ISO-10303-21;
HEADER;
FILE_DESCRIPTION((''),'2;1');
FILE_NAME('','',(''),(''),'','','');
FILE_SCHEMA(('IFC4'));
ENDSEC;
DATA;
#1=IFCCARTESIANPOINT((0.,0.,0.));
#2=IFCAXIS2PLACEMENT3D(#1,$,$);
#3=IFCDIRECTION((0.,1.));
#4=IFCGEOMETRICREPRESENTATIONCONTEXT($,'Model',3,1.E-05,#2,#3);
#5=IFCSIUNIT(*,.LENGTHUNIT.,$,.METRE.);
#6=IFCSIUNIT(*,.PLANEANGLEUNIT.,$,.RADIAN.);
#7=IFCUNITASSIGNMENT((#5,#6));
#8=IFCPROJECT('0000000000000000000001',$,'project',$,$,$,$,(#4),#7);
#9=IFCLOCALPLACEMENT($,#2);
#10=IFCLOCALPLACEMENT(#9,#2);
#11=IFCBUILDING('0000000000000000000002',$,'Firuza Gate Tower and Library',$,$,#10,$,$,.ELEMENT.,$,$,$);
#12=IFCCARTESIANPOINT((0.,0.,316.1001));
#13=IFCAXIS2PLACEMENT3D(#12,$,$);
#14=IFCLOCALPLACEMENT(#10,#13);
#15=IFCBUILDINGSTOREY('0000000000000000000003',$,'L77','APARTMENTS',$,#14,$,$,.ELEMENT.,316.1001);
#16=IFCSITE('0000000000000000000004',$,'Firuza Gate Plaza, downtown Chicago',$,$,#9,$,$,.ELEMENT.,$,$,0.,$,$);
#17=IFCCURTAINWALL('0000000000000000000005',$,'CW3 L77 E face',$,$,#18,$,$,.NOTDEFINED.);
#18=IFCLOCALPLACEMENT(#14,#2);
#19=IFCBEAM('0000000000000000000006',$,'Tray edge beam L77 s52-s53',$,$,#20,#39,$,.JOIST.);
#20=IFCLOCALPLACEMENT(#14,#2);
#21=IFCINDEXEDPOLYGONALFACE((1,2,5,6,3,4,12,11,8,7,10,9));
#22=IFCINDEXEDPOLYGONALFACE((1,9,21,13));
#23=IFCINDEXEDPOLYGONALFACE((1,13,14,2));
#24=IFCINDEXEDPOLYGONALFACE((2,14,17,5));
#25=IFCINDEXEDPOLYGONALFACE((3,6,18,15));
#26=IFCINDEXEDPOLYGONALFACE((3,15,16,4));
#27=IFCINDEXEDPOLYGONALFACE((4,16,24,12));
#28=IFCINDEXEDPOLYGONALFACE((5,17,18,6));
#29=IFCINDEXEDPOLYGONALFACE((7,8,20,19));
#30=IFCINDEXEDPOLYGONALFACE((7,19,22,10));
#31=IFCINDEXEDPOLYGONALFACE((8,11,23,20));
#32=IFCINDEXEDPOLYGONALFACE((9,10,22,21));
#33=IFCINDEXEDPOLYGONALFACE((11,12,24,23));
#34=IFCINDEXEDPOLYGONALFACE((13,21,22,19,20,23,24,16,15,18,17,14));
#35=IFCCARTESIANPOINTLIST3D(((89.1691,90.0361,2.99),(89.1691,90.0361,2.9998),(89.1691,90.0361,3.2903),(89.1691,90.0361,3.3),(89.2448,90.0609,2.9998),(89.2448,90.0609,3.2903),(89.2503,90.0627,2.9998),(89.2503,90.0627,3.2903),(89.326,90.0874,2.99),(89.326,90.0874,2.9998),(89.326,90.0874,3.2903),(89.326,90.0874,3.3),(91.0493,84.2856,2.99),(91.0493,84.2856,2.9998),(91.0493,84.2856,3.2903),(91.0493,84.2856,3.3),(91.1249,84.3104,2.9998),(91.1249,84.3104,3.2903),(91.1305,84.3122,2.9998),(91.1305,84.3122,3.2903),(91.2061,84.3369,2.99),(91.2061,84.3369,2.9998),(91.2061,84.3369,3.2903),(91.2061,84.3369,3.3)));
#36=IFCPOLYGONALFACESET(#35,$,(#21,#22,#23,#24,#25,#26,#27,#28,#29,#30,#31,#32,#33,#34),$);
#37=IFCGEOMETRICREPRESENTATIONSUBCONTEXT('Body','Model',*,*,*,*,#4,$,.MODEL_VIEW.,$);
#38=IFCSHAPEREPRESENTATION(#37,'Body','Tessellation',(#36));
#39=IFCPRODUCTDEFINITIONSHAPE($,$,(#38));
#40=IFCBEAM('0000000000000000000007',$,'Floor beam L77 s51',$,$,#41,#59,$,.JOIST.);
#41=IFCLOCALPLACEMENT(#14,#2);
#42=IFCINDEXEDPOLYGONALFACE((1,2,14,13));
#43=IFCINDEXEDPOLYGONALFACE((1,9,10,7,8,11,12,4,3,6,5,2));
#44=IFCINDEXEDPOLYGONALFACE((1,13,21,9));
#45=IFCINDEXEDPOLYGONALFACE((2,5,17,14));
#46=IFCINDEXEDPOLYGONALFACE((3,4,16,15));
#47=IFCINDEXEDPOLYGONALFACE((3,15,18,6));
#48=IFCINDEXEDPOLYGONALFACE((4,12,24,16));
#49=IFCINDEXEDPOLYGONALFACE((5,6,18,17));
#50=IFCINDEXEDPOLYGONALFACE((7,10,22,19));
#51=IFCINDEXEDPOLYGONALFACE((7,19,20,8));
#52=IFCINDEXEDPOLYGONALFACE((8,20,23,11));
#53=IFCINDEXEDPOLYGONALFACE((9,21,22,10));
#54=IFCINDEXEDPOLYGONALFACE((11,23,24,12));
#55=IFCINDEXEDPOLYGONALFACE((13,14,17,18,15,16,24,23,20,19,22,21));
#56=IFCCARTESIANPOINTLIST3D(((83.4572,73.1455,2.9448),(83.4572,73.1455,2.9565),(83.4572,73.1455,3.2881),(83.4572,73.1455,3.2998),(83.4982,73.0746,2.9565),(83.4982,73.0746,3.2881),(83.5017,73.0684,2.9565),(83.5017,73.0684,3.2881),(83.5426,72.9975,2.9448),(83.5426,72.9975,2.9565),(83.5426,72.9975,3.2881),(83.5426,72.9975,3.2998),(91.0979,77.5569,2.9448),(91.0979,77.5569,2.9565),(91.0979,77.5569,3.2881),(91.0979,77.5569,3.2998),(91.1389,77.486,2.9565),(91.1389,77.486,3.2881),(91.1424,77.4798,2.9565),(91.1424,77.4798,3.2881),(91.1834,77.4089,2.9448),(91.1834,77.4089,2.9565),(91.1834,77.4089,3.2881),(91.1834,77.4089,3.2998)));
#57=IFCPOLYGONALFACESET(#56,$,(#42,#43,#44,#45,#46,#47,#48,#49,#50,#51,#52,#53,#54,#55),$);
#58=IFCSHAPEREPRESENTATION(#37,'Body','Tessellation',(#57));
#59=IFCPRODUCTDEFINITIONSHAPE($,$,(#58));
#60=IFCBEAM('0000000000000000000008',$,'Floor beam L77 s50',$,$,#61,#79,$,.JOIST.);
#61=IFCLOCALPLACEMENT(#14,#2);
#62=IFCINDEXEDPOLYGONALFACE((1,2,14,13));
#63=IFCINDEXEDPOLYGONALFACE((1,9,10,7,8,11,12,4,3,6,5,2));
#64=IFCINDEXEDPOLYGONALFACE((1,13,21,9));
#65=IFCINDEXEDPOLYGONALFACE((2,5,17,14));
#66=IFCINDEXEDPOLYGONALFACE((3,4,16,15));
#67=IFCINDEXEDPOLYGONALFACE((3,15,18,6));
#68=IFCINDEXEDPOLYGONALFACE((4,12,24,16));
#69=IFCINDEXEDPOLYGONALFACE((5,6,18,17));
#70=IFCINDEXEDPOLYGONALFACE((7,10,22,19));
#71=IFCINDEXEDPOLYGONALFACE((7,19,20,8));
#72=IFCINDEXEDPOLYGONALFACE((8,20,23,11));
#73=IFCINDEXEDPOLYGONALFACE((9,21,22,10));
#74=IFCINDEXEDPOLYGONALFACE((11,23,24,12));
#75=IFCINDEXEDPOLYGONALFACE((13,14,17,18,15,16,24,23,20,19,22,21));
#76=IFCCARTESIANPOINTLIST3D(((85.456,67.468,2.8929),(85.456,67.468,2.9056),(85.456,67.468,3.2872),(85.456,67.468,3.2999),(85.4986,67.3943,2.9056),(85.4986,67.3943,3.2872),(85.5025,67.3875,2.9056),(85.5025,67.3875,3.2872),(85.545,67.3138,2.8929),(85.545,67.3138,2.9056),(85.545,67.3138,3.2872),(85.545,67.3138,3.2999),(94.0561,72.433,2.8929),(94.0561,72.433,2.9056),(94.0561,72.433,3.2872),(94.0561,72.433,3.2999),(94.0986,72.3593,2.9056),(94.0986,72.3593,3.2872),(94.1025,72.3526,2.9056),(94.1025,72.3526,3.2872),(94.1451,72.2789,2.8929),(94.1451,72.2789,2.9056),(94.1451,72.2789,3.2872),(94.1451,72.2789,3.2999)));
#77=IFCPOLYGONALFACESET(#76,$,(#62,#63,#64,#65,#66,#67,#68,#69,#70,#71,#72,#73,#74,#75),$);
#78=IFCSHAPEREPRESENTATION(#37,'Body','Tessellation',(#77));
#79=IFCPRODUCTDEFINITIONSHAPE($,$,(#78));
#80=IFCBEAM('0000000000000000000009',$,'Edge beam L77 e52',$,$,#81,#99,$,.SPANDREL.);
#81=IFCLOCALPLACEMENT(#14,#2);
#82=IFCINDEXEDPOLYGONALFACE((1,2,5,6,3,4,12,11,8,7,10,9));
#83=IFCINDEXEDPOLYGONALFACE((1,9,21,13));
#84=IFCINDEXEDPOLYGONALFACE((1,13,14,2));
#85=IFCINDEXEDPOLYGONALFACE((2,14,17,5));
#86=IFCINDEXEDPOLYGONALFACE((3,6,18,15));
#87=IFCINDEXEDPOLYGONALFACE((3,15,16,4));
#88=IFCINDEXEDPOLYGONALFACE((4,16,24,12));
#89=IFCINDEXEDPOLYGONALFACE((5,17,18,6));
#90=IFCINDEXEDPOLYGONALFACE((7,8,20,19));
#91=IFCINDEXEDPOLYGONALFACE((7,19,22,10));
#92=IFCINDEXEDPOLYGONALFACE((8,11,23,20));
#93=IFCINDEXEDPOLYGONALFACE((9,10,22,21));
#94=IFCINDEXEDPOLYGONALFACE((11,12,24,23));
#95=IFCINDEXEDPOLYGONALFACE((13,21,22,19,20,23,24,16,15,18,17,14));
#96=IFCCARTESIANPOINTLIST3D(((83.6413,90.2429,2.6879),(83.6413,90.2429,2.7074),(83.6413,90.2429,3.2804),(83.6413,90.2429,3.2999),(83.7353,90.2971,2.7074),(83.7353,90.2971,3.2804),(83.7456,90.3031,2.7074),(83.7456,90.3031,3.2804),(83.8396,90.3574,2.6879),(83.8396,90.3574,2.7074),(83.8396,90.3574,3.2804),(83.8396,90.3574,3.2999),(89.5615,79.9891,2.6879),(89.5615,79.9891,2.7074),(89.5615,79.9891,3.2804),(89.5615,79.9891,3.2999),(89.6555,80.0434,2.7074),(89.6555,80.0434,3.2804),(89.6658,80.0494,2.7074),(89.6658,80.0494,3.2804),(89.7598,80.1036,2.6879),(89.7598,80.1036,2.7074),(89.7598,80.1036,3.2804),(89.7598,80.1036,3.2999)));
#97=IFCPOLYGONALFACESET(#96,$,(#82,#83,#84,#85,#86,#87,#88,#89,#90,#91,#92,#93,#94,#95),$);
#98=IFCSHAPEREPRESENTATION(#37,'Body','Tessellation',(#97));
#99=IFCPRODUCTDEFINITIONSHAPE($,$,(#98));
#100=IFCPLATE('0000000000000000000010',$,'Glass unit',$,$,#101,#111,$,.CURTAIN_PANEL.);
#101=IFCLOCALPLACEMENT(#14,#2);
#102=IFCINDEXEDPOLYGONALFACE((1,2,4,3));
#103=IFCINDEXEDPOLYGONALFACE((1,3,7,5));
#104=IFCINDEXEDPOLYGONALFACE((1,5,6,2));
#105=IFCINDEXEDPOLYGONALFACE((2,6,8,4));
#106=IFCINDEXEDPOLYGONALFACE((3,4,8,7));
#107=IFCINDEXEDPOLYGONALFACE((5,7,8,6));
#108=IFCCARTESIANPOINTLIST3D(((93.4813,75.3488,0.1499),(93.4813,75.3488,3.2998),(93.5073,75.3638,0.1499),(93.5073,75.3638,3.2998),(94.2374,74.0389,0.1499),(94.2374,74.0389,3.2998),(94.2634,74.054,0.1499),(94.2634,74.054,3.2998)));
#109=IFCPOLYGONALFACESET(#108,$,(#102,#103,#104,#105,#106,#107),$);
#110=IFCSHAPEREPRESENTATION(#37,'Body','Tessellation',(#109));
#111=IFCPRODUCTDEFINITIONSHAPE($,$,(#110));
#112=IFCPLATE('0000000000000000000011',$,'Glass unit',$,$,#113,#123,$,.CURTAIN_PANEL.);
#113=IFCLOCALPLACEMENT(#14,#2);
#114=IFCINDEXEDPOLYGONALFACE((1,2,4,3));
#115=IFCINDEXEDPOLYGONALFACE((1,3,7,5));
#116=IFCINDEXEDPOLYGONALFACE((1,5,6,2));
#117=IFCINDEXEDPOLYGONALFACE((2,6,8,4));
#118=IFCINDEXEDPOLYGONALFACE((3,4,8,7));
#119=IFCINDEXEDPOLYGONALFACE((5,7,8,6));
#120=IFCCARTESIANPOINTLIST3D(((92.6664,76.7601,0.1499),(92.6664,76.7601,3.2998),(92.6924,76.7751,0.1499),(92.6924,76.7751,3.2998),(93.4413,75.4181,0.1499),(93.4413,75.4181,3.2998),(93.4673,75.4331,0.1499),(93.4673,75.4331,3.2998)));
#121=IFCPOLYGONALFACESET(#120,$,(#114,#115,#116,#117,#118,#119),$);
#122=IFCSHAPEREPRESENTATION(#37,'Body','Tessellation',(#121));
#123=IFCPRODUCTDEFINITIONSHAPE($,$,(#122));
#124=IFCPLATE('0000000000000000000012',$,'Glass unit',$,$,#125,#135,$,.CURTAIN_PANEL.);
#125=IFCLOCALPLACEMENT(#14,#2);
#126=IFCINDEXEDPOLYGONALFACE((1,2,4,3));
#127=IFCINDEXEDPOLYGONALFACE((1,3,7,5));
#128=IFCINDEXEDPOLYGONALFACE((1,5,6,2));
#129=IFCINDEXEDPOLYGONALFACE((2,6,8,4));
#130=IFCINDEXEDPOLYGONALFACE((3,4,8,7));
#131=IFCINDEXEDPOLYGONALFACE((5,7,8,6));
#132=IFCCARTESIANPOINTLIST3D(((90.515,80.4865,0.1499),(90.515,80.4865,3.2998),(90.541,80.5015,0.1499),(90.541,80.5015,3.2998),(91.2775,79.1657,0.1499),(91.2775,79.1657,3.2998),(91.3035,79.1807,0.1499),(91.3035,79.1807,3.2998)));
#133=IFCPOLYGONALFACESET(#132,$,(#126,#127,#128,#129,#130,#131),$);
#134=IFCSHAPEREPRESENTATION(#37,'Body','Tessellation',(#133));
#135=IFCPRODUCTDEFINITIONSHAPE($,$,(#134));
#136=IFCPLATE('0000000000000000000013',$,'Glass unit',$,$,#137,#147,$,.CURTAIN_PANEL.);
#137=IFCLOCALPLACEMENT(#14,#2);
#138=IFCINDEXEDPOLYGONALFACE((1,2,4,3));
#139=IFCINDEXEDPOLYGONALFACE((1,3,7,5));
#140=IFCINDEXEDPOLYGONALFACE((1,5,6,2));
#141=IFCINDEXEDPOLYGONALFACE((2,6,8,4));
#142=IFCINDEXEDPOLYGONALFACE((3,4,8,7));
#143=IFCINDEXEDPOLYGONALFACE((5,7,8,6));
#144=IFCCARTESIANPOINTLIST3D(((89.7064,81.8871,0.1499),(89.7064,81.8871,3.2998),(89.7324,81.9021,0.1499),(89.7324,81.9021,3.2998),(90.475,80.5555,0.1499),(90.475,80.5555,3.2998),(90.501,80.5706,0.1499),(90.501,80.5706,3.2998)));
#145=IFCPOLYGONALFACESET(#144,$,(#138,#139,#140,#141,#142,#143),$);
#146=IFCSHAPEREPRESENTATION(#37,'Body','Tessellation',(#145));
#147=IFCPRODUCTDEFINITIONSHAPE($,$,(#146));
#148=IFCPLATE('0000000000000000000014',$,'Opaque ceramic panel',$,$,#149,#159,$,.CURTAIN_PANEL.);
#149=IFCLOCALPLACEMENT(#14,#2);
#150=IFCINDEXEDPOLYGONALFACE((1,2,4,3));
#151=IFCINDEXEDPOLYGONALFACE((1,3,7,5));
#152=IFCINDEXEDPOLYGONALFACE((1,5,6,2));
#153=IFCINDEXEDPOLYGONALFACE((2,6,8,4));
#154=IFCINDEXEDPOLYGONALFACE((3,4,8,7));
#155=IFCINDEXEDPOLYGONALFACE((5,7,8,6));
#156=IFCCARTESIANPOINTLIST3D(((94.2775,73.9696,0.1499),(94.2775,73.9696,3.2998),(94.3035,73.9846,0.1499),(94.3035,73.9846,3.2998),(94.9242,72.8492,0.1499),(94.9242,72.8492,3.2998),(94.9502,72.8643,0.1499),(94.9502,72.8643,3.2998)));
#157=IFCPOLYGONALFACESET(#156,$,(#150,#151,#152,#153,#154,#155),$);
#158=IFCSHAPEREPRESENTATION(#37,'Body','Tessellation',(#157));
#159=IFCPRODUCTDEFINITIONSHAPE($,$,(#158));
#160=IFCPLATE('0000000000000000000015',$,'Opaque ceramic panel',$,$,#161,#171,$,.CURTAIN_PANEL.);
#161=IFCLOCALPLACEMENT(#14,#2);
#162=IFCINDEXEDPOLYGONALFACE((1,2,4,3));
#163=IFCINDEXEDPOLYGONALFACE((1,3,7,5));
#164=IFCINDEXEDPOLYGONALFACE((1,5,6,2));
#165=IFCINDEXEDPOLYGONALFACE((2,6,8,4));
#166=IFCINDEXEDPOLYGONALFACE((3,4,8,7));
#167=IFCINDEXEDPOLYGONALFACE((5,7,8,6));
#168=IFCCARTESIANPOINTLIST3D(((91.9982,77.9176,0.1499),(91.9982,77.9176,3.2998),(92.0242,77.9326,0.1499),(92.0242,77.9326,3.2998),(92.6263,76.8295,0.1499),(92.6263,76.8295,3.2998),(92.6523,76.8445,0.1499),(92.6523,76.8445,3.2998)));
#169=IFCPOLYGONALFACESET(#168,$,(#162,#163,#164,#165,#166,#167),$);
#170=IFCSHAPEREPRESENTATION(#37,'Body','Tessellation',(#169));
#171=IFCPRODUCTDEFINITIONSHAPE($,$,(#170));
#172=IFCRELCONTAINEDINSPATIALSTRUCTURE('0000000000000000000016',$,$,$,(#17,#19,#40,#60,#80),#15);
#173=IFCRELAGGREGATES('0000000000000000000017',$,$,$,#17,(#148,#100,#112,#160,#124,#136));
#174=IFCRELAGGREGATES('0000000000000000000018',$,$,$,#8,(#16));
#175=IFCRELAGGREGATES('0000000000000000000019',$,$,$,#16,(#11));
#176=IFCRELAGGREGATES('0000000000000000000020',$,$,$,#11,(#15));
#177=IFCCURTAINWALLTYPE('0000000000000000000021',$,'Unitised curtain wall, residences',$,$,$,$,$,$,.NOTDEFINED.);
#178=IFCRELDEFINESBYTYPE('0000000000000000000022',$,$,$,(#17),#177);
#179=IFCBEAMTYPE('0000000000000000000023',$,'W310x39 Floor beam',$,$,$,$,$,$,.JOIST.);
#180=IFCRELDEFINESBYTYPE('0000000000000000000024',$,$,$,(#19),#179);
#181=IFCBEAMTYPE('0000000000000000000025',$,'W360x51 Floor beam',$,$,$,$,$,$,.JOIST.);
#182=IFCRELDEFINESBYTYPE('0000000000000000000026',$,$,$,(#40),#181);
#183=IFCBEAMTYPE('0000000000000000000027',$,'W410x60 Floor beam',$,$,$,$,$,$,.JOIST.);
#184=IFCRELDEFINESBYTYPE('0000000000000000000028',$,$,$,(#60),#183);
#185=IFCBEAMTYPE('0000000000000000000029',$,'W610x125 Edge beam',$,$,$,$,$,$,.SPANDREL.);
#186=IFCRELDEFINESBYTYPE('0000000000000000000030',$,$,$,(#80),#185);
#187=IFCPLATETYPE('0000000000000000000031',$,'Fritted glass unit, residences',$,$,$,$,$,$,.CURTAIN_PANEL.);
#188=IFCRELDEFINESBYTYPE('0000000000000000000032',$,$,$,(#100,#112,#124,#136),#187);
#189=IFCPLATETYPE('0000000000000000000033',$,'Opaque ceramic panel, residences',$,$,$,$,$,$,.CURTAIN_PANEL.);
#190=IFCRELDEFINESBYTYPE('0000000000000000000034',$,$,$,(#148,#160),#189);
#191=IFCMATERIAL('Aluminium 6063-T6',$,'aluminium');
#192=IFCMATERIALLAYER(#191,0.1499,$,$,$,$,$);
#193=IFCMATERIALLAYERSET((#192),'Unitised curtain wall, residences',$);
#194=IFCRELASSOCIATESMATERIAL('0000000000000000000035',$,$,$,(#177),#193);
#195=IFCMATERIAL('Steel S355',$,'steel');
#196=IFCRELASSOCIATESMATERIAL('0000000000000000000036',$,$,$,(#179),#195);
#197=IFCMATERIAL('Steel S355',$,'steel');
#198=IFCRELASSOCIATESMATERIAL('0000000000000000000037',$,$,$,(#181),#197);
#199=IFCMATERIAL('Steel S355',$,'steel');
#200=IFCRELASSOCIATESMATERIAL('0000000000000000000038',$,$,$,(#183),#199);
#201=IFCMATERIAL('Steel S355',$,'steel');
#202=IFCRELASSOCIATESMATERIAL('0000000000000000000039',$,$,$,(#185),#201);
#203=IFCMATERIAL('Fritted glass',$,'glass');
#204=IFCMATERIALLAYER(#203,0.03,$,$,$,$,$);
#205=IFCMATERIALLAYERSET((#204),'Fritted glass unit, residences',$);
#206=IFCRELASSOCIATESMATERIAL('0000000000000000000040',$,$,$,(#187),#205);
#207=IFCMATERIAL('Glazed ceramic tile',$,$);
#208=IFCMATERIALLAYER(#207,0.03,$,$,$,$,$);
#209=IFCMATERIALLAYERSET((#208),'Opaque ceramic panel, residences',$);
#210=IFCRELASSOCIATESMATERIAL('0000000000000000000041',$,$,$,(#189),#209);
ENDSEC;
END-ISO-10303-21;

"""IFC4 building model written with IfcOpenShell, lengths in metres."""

from ifc_helpers import new_model, si_unit, direction, frame, origin, origin_2d, place, context, subcontext, project, spatial, polyline, i_section, outline, extrude, material, layer, layer_set, material_profile, profile_set, type_object, element, aggregate, save


model = new_model("IFC4")

# Units and contexts
model_context = context("Model", 3, precision=1e-05, world=origin(), true_north=direction((0.0, 1.0)))
body_context = subcontext(model_context, "Body", "Model", "MODEL_VIEW")
ifc_project = project(units=[si_unit("LENGTHUNIT", "METRE"), si_unit("PLANEANGLEUNIT", "RADIAN")], contexts=[model_context])

# Site, building, storey
site_placement = place(None, origin())
site = spatial("IfcSite", under=ifc_project, at=site_placement, Name="Firuza Gate Plaza, downtown Chicago", CompositionType="ELEMENT", RefElevation=0.0)
building_placement = place(site_placement, origin())
building = spatial("IfcBuilding", under=site, at=building_placement, Name="Firuza Gate Tower and Library", CompositionType="ELEMENT")
storey_placement = place(building_placement, frame((0.0, 0.0, 316.1001)))
storey = spatial("IfcBuildingStorey", under=building, at=storey_placement, Name="L77", Description="APARTMENTS", CompositionType="ELEMENT", Elevation=316.1001)

# Curtain wall
ifc_material_1 = material(Name="Aluminium 6063-T6", Category="aluminium")
ifc_layer_1 = layer(ifc_material_1, 0.1499)
ifc_layer_set_1 = layer_set([ifc_layer_1], Name="Unitised curtain wall, residences")
curtain_wall_type = type_object("IfcCurtainWallType", Name="Unitised curtain wall, residences", PredefinedType="NOTDEFINED", material=ifc_layer_set_1)
curtain_wall_placement = place(storey_placement, origin())
curtain_wall = element("IfcCurtainWall", 1, at=curtain_wall_placement, inside=storey, type_object=curtain_wall_type, Name="CW3 L77 E face", PredefinedType="NOTDEFINED")

# Beams
ifc_material_2 = material(Name="Steel S355", Category="steel")
ifc_material_profile_1 = material_profile(ifc_material_2, i_section(OverallWidth=0.165, OverallDepth=0.3101, WebThickness=0.0059, FlangeThickness=0.0098, at=origin_2d()))
ifc_profile_set_1 = profile_set([ifc_material_profile_1], Name="Steel S355")
beam_type_1 = type_object("IfcBeamType", Name="W310x39 Floor beam", PredefinedType="JOIST", material=ifc_profile_set_1)
beam_1_placement = place(storey_placement, frame((91.1277, 84.3113, 3.145), z_axis=(-0.310763, 0.950488, 0.0), x_axis=(-0.950488, -0.310763, 0.0)))
element("IfcBeam", 2, at=beam_1_placement, inside=storey, type_object=beam_type_1, Name="Tray edge beam L77 s52-s53", PredefinedType="JOIST", context=body_context, shape_type="SweptSolid", body=[
    extrude(i_section(OverallWidth=0.165, OverallDepth=0.3101, WebThickness=0.0059, FlangeThickness=0.0098, at=origin_2d()), origin(), (0.0, 0.0, 1.0), 6.05),
])
ifc_material_3 = material(Name="Steel S355", Category="steel")
ifc_material_profile_2 = material_profile(ifc_material_3, i_section(OverallWidth=0.1709, OverallDepth=0.355, WebThickness=0.0071, FlangeThickness=0.0117, at=origin_2d()))
ifc_profile_set_2 = profile_set([ifc_material_profile_2], Name="Steel S355")
beam_type_2 = type_object("IfcBeamType", Name="W360x51 Floor beam", PredefinedType="JOIST", material=ifc_profile_set_2)
beam_2_placement = place(storey_placement, frame((91.1406, 77.4829, 3.1223), z_axis=(-0.866022, -0.500005, 0.0), x_axis=(0.500005, -0.866022, 0.0)))
element("IfcBeam", 3, at=beam_2_placement, inside=storey, type_object=beam_type_2, Name="Floor beam L77 s51", PredefinedType="JOIST", context=body_context, shape_type="SweptSolid", body=[
    extrude(i_section(OverallWidth=0.1709, OverallDepth=0.355, WebThickness=0.0071, FlangeThickness=0.0117, at=origin_2d()), origin(), (0.0, 0.0, 1.0), 8.8228),
])
ifc_material_4 = material(Name="Steel S355", Category="steel")
ifc_material_profile_3 = material_profile(ifc_material_4, i_section(OverallWidth=0.178, OverallDepth=0.407, WebThickness=0.0078, FlangeThickness=0.0127, at=origin_2d()))
ifc_profile_set_3 = profile_set([ifc_material_profile_3], Name="Steel S355")
beam_type_3 = type_object("IfcBeamType", Name="W410x60 Floor beam", PredefinedType="JOIST", material=ifc_profile_set_3)
beam_3_placement = place(storey_placement, frame((94.1006, 72.356, 3.0964), z_axis=(-0.866033, -0.499986, 0.0), x_axis=(0.499986, -0.866033, 0.0)))
element("IfcBeam", 4, at=beam_3_placement, inside=storey, type_object=beam_type_3, Name="Floor beam L77 s50", PredefinedType="JOIST", context=body_context, shape_type="SweptSolid", body=[
    extrude(i_section(OverallWidth=0.178, OverallDepth=0.407, WebThickness=0.0078, FlangeThickness=0.0127, at=origin_2d()), origin(), (0.0, 0.0, 1.0), 9.9304),
])
ifc_material_5 = material(Name="Steel S355", Category="steel")
ifc_material_profile_4 = material_profile(ifc_material_5, i_section(OverallWidth=0.229, OverallDepth=0.6121, WebThickness=0.012, FlangeThickness=0.0195, at=origin_2d()))
ifc_profile_set_4 = profile_set([ifc_material_profile_4], Name="Steel S355")
beam_type_4 = type_object("IfcBeamType", Name="W610x125 Edge beam", PredefinedType="SPANDREL", material=ifc_profile_set_4)
beam_4_placement = place(storey_placement, frame((89.6606, 80.0464, 2.9939), z_axis=(-0.500013, 0.866018, 0.0), x_axis=(-0.866018, -0.500013, 0.0)))
element("IfcBeam", 5, at=beam_4_placement, inside=storey, type_object=beam_type_4, Name="Edge beam L77 e52", PredefinedType="SPANDREL", context=body_context, shape_type="SweptSolid", body=[
    extrude(i_section(OverallWidth=0.229, OverallDepth=0.6121, WebThickness=0.012, FlangeThickness=0.0195, at=origin_2d()), origin(), (0.0, 0.0, 1.0), 11.8401),
])

# Plates
ifc_material_6 = material(Name="Fritted glass", Category="glass")
ifc_layer_2 = layer(ifc_material_6, 0.03)
ifc_layer_set_2 = layer_set([ifc_layer_2], Name="Fritted glass unit, residences")
plate_type_1 = type_object("IfcPlateType", Name="Fritted glass unit, residences", PredefinedType="CURTAIN_PANEL", material=ifc_layer_set_2)
plate_1_placement = place(storey_placement, frame((94.2634, 74.054, 0.1499), z_axis=(0.866059, 0.499941, 0.0), x_axis=(-0.499941, 0.866059, 0.0)))
plate_1 = element("IfcPlate", 6, at=plate_1_placement, type_object=plate_type_1, Name="Glass unit", PredefinedType="CURTAIN_PANEL", context=body_context, shape_type="SweptSolid", body=[
    extrude(outline(polyline([(0.0, 0.0), (1.5124, 0.0), (1.5124, 3.1499), (0.0, 3.1499), (0.0, 0.0)])), origin(), (0.0, 0.0, -1.0), 0.03),
])
plate_2_placement = place(storey_placement, frame((93.4673, 75.4331, 0.1499), z_axis=(0.866005, 0.500036, 0.0), x_axis=(-0.500036, 0.866005, 0.0)))
plate_2 = element("IfcPlate", 7, at=plate_2_placement, type_object=plate_type_1, Name="Glass unit", PredefinedType="CURTAIN_PANEL", context=body_context, shape_type="SweptSolid", body=[
    extrude(outline(polyline([(0.0, 0.0), (1.5497, 0.0), (1.5497, 3.1499), (0.0, 3.1499), (0.0, 0.0)])), origin(), (0.0, 0.0, -1.0), 0.03),
])
plate_3_placement = place(storey_placement, frame((91.3035, 79.1807, 0.1499), z_axis=(0.866058, 0.499944, 0.0), x_axis=(-0.499944, 0.866058, 0.0)))
plate_3 = element("IfcPlate", 8, at=plate_3_placement, type_object=plate_type_1, Name="Glass unit", PredefinedType="CURTAIN_PANEL", context=body_context, shape_type="SweptSolid", body=[
    extrude(outline(polyline([(0.0, 0.0), (1.5251, 0.0), (1.5251, 3.1499), (0.0, 3.1499), (0.0, 0.0)])), origin(), (0.0, 0.0, -1.0), 0.03),
])
plate_4_placement = place(storey_placement, frame((90.501, 80.5706, 0.1499), z_axis=(0.866085, 0.499897, 0.0), x_axis=(-0.499897, 0.866085, 0.0)))
plate_4 = element("IfcPlate", 9, at=plate_4_placement, type_object=plate_type_1, Name="Glass unit", PredefinedType="CURTAIN_PANEL", context=body_context, shape_type="SweptSolid", body=[
    extrude(outline(polyline([(0.0, 0.0), (1.5374, 0.0), (1.5374, 3.1499), (0.0, 3.1499), (0.0, 0.0)])), origin(), (0.0, 0.0, -1.0), 0.03),
])
ifc_material_7 = material(Name="Glazed ceramic tile")
ifc_layer_3 = layer(ifc_material_7, 0.03)
ifc_layer_set_3 = layer_set([ifc_layer_3], Name="Opaque ceramic panel, residences")
plate_type_2 = type_object("IfcPlateType", Name="Opaque ceramic panel, residences", PredefinedType="CURTAIN_PANEL", material=ifc_layer_set_3)
plate_5_placement = place(storey_placement, frame((94.9502, 72.8643, 0.1499), z_axis=(0.866063, 0.499935, 0.0), x_axis=(-0.499935, 0.866063, 0.0)))
plate_5 = element("IfcPlate", 10, at=plate_5_placement, type_object=plate_type_2, Name="Opaque ceramic panel", PredefinedType="CURTAIN_PANEL", context=body_context, shape_type="SweptSolid", body=[
    extrude(outline(polyline([(0.0, 0.0), (1.2936, 0.0), (1.2936, 3.1499), (0.0, 3.1499), (0.0, 0.0)])), origin(), (0.0, 0.0, -1.0), 0.03),
])
plate_6_placement = place(storey_placement, frame((92.6523, 76.8445, 0.1499), z_axis=(0.866046, 0.499964, 0.0), x_axis=(-0.499964, 0.866046, 0.0)))
plate_6 = element("IfcPlate", 11, at=plate_6_placement, type_object=plate_type_2, Name="Opaque ceramic panel", PredefinedType="CURTAIN_PANEL", context=body_context, shape_type="SweptSolid", body=[
    extrude(outline(polyline([(0.0, 0.0), (1.2564, 0.0), (1.2564, 3.1499), (0.0, 3.1499), (0.0, 0.0)])), origin(), (0.0, 0.0, -1.0), 0.03),
])
aggregate(curtain_wall, [plate_5, plate_1, plate_2, plate_6, plate_3, plate_4])

save(model, "model.ifc")
